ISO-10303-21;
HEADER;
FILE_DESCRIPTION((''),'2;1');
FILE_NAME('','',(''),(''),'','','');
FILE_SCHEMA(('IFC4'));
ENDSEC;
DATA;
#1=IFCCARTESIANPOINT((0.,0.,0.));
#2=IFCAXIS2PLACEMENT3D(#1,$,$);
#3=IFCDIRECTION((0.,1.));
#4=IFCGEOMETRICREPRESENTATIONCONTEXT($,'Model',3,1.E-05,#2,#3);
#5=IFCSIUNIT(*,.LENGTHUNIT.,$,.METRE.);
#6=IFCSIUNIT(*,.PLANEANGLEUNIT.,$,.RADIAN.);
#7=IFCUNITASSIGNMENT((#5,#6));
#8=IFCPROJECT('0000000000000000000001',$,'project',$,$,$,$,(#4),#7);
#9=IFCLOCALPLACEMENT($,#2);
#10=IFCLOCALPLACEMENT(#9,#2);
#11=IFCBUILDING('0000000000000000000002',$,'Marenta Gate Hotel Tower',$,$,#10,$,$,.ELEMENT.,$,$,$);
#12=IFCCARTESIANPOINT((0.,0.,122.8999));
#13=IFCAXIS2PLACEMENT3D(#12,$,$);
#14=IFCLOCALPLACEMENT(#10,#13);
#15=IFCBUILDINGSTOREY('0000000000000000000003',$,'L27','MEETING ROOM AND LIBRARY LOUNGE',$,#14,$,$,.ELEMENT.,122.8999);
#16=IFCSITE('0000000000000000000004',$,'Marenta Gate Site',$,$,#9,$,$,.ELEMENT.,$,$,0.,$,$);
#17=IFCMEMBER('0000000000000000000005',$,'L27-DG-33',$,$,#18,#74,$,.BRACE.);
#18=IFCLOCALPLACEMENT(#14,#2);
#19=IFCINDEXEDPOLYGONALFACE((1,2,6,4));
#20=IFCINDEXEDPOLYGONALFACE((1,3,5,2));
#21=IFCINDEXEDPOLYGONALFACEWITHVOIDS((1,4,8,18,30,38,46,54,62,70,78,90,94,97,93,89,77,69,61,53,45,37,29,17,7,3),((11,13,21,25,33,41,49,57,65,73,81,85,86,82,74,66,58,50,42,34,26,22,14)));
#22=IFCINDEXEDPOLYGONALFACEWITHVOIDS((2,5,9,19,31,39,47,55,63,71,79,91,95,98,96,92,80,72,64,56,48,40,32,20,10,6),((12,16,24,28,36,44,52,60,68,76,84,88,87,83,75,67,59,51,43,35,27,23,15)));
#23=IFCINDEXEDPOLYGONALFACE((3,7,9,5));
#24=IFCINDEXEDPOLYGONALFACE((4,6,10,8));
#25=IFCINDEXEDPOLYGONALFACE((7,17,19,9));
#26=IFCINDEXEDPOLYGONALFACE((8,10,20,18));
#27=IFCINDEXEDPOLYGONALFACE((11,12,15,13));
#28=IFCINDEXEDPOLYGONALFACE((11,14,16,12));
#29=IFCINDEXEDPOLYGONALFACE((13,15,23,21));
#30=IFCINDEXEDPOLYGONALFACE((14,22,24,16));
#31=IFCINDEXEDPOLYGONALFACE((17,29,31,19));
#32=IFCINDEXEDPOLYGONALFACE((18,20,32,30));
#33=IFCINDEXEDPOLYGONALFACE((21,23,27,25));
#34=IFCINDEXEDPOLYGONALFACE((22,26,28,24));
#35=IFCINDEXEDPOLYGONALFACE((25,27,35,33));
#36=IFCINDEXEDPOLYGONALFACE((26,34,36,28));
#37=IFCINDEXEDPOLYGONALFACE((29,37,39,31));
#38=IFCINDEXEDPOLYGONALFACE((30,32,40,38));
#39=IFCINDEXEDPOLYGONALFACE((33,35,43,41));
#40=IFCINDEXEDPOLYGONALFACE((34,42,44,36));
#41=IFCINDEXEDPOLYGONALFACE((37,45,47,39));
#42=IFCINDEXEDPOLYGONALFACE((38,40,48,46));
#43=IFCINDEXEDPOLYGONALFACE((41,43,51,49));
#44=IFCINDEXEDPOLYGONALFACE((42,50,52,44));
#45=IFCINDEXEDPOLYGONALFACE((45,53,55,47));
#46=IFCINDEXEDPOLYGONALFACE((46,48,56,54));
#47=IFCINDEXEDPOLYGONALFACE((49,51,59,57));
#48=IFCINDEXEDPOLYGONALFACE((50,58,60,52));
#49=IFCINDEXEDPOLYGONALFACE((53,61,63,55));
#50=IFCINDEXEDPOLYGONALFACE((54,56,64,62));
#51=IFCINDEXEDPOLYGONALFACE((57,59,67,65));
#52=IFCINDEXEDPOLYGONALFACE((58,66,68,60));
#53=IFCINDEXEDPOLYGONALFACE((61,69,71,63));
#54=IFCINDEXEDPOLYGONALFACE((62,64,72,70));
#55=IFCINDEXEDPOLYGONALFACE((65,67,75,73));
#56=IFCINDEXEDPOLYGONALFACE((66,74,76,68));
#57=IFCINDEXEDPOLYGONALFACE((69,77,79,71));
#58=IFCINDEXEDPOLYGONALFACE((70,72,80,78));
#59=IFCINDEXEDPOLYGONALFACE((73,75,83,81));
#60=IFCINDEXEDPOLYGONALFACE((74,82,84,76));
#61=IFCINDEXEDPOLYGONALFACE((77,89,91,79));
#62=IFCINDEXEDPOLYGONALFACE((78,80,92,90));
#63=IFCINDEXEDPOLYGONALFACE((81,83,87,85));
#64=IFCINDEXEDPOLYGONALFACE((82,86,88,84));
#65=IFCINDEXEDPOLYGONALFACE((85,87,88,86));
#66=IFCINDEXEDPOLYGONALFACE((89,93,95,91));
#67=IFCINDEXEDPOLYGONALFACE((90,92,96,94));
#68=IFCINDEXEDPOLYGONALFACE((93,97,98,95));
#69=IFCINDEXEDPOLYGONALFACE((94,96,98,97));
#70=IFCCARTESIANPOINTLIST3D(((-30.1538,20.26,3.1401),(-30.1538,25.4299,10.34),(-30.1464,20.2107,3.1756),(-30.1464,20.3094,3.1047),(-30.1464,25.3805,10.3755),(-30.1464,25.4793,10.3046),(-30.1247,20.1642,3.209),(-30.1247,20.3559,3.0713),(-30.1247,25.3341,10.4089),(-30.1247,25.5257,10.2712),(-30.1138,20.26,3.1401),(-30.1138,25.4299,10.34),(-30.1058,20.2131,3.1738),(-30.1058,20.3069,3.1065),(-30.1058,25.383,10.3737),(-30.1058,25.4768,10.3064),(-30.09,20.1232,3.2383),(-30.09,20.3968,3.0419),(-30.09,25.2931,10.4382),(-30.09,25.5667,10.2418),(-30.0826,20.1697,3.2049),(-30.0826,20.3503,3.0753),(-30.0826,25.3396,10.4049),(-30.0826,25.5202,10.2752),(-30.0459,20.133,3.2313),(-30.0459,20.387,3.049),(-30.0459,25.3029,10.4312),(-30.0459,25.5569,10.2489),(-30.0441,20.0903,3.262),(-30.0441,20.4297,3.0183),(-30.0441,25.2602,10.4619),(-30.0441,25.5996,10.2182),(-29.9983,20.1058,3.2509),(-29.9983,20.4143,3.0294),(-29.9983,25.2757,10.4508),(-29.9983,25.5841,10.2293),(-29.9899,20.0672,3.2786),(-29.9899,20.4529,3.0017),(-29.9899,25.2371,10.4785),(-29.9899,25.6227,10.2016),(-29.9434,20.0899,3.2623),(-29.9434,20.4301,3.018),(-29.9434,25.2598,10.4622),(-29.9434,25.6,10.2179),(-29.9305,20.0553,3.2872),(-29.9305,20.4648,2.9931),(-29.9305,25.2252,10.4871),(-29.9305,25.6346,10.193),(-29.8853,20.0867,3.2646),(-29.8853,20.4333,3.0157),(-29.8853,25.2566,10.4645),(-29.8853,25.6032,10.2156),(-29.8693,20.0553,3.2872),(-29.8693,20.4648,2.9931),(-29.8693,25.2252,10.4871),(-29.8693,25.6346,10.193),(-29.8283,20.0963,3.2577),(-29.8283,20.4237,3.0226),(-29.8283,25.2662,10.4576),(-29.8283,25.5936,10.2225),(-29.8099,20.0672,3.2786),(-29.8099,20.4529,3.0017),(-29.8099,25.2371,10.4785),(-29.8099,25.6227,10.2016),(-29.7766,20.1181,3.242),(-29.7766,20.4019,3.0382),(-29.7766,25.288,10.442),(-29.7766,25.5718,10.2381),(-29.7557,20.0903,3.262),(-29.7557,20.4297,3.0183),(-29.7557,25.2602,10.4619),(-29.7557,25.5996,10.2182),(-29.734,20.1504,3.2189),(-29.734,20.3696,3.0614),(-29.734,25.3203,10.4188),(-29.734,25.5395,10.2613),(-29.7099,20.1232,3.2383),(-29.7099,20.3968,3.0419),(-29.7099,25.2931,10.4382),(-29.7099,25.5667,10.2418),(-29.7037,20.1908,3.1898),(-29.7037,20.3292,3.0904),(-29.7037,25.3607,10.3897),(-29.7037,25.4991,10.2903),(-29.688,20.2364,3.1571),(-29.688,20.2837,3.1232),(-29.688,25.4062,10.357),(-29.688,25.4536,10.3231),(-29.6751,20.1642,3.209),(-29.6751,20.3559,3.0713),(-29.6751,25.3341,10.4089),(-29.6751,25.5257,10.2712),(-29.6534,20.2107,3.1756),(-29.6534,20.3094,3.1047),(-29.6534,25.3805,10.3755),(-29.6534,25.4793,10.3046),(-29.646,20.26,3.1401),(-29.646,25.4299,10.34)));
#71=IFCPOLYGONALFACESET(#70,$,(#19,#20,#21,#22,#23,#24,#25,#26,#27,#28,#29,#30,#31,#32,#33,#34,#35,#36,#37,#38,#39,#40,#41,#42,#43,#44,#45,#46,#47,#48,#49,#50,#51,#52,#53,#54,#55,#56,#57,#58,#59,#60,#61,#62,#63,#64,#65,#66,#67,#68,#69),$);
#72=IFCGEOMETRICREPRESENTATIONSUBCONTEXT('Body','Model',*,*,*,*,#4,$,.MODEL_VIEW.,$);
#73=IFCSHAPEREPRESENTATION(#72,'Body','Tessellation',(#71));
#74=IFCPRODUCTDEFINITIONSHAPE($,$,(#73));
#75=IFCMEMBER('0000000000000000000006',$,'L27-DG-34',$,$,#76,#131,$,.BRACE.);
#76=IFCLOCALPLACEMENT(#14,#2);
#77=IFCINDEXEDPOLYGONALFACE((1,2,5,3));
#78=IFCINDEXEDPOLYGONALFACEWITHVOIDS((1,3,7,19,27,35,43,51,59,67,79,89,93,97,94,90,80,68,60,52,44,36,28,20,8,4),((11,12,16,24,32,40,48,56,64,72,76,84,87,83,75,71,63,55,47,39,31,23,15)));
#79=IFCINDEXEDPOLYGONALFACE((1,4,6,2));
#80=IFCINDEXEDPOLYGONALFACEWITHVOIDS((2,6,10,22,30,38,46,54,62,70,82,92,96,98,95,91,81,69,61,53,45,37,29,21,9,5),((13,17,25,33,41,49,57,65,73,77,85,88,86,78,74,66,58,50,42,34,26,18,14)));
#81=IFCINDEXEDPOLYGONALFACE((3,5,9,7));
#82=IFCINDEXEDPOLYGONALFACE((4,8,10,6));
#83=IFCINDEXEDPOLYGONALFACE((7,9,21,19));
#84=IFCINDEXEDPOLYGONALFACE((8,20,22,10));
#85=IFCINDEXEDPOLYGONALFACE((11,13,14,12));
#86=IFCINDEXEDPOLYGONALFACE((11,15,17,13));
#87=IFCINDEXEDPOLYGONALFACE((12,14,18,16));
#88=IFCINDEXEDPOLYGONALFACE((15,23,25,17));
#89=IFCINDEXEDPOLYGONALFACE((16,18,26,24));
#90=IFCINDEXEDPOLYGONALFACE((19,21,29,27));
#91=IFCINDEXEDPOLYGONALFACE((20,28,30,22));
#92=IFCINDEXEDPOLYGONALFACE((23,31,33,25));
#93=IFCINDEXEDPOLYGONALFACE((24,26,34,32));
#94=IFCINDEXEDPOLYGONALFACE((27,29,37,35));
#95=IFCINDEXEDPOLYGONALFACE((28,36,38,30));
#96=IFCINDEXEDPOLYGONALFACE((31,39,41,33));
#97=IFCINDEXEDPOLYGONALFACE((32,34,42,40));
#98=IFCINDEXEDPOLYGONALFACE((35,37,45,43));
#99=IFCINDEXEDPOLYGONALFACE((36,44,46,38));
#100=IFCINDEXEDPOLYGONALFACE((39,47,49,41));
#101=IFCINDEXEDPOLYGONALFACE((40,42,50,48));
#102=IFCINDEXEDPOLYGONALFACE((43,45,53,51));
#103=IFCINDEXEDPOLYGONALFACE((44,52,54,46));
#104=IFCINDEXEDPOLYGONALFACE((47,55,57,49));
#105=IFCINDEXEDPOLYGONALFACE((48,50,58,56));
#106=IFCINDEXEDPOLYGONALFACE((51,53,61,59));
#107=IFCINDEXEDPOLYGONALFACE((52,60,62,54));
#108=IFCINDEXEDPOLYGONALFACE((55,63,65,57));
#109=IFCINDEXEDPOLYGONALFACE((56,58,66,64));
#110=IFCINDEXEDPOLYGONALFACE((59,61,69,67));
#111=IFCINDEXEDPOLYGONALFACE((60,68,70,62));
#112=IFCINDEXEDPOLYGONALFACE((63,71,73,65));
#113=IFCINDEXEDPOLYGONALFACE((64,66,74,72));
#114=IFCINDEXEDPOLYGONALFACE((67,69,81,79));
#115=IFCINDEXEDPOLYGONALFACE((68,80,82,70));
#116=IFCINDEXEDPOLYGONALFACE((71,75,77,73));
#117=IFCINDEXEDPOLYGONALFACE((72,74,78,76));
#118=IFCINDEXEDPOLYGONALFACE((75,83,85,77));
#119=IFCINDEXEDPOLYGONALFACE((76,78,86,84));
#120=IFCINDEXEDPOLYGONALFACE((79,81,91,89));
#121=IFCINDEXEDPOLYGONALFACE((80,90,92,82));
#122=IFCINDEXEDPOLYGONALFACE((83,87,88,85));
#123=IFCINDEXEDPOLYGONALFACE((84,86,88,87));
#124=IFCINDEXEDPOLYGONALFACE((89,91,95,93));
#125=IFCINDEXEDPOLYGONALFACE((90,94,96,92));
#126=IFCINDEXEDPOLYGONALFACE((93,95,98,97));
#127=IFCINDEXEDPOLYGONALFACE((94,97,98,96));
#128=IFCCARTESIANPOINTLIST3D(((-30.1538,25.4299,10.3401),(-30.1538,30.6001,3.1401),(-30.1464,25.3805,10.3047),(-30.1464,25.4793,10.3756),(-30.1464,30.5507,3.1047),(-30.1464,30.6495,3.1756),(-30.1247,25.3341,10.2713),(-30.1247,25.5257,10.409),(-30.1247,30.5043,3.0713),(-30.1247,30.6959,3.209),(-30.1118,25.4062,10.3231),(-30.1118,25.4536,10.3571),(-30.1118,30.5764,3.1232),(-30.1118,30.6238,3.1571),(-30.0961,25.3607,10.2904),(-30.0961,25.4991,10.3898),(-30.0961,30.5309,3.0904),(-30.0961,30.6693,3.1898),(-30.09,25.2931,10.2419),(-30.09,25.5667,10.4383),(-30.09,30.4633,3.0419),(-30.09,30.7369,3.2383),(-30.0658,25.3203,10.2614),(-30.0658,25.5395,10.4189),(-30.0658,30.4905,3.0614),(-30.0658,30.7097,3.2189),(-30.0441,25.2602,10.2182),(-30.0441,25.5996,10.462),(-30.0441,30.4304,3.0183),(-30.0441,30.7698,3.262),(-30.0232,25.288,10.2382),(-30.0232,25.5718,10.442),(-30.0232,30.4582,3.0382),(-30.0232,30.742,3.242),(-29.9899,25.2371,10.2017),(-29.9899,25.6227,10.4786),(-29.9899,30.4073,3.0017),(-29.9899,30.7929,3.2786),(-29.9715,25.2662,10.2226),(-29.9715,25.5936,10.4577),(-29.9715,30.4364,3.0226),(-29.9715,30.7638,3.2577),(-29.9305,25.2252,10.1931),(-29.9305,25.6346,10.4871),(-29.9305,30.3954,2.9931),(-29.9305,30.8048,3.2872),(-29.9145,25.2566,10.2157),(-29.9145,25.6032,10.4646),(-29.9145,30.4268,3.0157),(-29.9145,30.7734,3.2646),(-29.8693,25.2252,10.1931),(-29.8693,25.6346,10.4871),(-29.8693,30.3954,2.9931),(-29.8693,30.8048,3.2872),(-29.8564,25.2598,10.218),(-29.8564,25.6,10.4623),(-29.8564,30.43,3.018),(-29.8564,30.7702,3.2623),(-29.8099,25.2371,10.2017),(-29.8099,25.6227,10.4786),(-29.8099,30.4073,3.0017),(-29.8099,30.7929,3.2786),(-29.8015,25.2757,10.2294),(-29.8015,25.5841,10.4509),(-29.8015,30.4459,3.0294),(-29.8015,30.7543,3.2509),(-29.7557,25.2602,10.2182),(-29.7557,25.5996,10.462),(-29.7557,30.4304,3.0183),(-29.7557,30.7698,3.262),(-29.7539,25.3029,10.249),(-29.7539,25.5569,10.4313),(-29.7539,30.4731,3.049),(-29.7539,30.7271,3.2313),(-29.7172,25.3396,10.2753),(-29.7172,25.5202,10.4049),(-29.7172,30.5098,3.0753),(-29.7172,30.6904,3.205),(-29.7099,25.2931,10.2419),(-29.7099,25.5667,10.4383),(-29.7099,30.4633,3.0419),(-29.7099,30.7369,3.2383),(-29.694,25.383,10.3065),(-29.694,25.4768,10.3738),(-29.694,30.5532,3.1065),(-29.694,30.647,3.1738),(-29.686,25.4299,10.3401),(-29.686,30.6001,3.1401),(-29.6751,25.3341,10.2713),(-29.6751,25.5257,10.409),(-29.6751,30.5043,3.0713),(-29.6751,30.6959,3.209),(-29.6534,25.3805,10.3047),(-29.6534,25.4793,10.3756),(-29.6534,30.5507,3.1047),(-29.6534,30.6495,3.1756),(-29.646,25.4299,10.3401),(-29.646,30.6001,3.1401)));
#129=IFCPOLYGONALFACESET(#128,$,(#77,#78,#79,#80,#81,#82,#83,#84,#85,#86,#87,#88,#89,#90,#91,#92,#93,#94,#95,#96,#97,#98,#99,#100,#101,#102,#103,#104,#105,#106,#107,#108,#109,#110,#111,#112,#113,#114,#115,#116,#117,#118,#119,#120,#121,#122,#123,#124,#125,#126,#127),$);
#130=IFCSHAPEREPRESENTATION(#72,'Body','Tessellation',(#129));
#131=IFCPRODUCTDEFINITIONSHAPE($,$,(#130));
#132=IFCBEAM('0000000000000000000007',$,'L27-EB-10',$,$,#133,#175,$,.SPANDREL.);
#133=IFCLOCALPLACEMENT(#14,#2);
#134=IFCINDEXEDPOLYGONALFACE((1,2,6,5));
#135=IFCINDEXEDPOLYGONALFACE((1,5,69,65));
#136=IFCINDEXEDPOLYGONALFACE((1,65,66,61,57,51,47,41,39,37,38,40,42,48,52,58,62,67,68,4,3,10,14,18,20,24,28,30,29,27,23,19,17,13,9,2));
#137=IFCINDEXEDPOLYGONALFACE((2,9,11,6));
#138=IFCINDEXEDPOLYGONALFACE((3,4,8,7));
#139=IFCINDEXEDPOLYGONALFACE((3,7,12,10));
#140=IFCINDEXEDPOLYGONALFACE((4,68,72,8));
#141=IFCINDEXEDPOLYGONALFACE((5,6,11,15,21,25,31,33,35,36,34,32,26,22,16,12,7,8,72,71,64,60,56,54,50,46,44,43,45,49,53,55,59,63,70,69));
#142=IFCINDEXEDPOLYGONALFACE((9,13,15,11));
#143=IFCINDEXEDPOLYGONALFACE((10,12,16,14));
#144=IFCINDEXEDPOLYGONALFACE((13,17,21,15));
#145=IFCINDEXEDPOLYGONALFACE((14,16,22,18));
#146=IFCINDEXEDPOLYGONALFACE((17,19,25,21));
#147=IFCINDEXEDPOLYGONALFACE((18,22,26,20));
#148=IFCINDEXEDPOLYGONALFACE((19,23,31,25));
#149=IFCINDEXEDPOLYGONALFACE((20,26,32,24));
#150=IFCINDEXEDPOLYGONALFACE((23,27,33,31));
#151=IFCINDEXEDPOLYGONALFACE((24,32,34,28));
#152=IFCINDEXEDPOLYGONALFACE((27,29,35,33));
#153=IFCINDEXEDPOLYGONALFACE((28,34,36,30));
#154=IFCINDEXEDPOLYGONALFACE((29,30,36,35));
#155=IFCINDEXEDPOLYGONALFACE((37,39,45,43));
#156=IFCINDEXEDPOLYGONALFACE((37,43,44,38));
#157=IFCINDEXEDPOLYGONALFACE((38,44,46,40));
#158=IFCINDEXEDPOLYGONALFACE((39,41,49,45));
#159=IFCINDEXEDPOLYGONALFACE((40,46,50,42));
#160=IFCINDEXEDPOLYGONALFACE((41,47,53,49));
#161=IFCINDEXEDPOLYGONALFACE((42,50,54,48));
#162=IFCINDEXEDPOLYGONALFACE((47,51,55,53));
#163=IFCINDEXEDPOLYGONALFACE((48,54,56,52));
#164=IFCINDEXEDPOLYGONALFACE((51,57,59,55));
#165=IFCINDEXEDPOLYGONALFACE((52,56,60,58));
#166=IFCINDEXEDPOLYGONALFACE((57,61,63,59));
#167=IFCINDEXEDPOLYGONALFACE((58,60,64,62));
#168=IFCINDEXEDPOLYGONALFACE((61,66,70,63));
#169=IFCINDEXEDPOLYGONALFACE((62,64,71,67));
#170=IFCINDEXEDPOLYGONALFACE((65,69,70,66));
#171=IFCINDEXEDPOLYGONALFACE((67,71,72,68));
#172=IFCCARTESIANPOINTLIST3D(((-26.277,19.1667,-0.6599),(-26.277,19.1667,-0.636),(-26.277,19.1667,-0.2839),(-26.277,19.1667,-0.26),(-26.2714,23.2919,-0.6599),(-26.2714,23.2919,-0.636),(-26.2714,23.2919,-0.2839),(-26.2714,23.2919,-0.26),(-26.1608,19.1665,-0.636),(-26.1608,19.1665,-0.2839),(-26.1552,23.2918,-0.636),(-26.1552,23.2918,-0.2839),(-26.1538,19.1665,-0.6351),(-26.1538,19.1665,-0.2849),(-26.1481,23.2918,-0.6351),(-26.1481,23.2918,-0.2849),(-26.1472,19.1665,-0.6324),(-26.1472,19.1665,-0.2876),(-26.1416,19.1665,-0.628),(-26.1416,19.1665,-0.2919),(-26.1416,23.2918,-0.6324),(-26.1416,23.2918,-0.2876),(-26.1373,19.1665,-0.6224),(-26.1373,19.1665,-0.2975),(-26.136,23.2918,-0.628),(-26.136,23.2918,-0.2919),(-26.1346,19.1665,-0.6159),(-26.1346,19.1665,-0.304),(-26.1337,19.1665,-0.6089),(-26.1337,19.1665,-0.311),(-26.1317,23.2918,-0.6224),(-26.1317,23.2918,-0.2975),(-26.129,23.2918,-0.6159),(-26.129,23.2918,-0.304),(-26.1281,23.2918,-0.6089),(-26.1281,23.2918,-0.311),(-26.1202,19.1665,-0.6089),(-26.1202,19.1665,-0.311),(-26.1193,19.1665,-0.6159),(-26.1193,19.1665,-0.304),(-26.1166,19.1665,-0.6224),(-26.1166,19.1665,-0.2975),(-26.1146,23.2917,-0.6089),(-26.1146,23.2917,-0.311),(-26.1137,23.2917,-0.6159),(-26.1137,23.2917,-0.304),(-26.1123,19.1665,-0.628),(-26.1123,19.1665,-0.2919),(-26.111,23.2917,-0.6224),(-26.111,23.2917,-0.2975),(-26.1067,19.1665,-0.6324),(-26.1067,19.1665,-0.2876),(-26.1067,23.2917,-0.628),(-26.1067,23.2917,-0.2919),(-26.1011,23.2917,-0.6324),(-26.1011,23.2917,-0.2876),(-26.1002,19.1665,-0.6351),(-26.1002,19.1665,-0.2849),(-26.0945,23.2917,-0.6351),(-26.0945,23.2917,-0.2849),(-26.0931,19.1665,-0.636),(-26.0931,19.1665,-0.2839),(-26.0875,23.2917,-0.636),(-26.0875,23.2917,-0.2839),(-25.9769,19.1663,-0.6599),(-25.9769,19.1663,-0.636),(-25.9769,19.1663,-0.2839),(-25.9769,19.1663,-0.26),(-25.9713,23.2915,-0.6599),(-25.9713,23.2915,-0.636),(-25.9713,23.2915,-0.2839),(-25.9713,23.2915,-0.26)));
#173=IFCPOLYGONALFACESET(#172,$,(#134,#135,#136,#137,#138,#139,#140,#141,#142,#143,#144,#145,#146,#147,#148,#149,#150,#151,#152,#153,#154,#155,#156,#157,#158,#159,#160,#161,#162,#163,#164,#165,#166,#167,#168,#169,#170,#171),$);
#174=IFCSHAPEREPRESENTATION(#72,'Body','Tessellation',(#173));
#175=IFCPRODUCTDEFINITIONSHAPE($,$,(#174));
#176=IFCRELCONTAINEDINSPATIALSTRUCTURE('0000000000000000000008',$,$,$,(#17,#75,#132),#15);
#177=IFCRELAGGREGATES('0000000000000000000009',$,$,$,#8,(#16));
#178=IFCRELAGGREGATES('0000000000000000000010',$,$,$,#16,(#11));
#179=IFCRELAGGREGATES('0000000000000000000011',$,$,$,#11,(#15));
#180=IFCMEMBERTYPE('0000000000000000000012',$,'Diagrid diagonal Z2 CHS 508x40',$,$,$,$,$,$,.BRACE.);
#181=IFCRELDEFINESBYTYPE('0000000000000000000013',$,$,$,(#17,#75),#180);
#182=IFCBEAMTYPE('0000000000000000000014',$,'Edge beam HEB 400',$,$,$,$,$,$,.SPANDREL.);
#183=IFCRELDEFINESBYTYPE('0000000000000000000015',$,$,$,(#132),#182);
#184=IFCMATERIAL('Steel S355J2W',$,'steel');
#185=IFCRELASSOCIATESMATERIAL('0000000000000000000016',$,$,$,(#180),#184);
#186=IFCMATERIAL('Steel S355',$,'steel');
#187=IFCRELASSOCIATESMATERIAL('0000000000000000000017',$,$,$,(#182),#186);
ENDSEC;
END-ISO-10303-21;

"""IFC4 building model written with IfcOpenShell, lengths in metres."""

from ifc_helpers import new_model, si_unit, direction, frame, origin, origin_2d, place, context, subcontext, project, spatial, hollow_circle, i_section, extrude, material, material_profile, profile_set, type_object, element, save


model = new_model("IFC4")

# Units and contexts
model_context = context("Model", 3, precision=1e-05, world=origin(), true_north=direction((0.0, 1.0)))
body_context = subcontext(model_context, "Body", "Model", "MODEL_VIEW")
ifc_project = project(units=[si_unit("LENGTHUNIT", "METRE"), si_unit("PLANEANGLEUNIT", "RADIAN")], contexts=[model_context])

# Site, building, storey
site_placement = place(None, origin())
site = spatial("IfcSite", under=ifc_project, at=site_placement, Name="Marenta Gate Site", CompositionType="ELEMENT", RefElevation=0.0)
building_placement = place(site_placement, origin())
building = spatial("IfcBuilding", under=site, at=building_placement, Name="Marenta Gate Hotel Tower", CompositionType="ELEMENT")
storey_placement = place(building_placement, frame((0.0, 0.0, 122.8999)))
storey = spatial("IfcBuildingStorey", under=building, at=storey_placement, Name="L27", Description="MEETING ROOM AND LIBRARY LOUNGE", CompositionType="ELEMENT", Elevation=122.8999)

# Members
ifc_material_1 = material(Name="Steel S355J2W", Category="steel")
ifc_material_profile_1 = material_profile(ifc_material_1, hollow_circle(Radius=0.2539, WallThickness=0.04, at=origin_2d()), Name="CHS 508x40")
ifc_profile_set_1 = profile_set([ifc_material_profile_1], Name="Steel S355J2W")
member_type_1 = type_object("IfcMemberType", Name="Diagrid diagonal Z2 CHS 508x40", PredefinedType="BRACE", material=ifc_profile_set_1)
for number, where, z_axis, x_axis, name in (
    (1, (-29.8999, 20.26, 3.1401), (0.0, 0.583261, 0.812285), (-1.0, 0.0, 0.0), "L27-DG-33"),
):
    element("IfcMember", number, at=place(storey_placement, frame(where, z_axis=z_axis, x_axis=x_axis)), inside=storey, type_object=member_type_1, Name=name, PredefinedType="BRACE", context=body_context, shape_type="SweptSolid", body=[
        extrude(hollow_circle(Radius=0.2539, WallThickness=0.04, at=origin_2d()), origin(), (0.0, 0.0, 1.0), 8.8638),
    ])
member_1_placement = place(storey_placement, frame((-29.8999, 30.6001, 3.1401), z_axis=(0.0, -0.583279, 0.812272), x_axis=(1.0, 0.0, 0.0)))
element("IfcMember", 2, at=member_1_placement, inside=storey, type_object=member_type_1, Name="L27-DG-34", PredefinedType="BRACE", context=body_context, shape_type="SweptSolid", body=[
    extrude(hollow_circle(Radius=0.2539, WallThickness=0.04, at=origin_2d()), origin(), (0.0, 0.0, 1.0), 8.864),
])

# Beam
ifc_material_2 = material(Name="Steel S355", Category="steel")
ifc_material_profile_2 = material_profile(ifc_material_2, i_section(OverallWidth=0.3, OverallDepth=0.3999, WebThickness=0.0134, FlangeThickness=0.0239, FilletRadius=0.0271, at=origin_2d()), Name="HEB 400")
ifc_profile_set_2 = profile_set([ifc_material_profile_2], Name="Steel S355")
beam_type_1 = type_object("IfcBeamType", Name="Edge beam HEB 400", PredefinedType="SPANDREL", material=ifc_profile_set_2)
beam_1_placement = place(storey_placement, frame((-26.127, 19.1665, -0.46), z_axis=(0.001361, 0.999999, 0.0), x_axis=(-0.999999, 0.001361, 0.0)))
element("IfcBeam", 3, at=beam_1_placement, inside=storey, type_object=beam_type_1, Name="L27-EB-10", PredefinedType="SPANDREL", context=body_context, shape_type="SweptSolid", body=[
    extrude(i_section(OverallWidth=0.3, OverallDepth=0.3999, WebThickness=0.0134, FlangeThickness=0.0239, FilletRadius=0.0271, at=origin_2d()), origin(), (0.0, 0.0, 1.0), 4.1252),
])

save(model, "model.ifc")
